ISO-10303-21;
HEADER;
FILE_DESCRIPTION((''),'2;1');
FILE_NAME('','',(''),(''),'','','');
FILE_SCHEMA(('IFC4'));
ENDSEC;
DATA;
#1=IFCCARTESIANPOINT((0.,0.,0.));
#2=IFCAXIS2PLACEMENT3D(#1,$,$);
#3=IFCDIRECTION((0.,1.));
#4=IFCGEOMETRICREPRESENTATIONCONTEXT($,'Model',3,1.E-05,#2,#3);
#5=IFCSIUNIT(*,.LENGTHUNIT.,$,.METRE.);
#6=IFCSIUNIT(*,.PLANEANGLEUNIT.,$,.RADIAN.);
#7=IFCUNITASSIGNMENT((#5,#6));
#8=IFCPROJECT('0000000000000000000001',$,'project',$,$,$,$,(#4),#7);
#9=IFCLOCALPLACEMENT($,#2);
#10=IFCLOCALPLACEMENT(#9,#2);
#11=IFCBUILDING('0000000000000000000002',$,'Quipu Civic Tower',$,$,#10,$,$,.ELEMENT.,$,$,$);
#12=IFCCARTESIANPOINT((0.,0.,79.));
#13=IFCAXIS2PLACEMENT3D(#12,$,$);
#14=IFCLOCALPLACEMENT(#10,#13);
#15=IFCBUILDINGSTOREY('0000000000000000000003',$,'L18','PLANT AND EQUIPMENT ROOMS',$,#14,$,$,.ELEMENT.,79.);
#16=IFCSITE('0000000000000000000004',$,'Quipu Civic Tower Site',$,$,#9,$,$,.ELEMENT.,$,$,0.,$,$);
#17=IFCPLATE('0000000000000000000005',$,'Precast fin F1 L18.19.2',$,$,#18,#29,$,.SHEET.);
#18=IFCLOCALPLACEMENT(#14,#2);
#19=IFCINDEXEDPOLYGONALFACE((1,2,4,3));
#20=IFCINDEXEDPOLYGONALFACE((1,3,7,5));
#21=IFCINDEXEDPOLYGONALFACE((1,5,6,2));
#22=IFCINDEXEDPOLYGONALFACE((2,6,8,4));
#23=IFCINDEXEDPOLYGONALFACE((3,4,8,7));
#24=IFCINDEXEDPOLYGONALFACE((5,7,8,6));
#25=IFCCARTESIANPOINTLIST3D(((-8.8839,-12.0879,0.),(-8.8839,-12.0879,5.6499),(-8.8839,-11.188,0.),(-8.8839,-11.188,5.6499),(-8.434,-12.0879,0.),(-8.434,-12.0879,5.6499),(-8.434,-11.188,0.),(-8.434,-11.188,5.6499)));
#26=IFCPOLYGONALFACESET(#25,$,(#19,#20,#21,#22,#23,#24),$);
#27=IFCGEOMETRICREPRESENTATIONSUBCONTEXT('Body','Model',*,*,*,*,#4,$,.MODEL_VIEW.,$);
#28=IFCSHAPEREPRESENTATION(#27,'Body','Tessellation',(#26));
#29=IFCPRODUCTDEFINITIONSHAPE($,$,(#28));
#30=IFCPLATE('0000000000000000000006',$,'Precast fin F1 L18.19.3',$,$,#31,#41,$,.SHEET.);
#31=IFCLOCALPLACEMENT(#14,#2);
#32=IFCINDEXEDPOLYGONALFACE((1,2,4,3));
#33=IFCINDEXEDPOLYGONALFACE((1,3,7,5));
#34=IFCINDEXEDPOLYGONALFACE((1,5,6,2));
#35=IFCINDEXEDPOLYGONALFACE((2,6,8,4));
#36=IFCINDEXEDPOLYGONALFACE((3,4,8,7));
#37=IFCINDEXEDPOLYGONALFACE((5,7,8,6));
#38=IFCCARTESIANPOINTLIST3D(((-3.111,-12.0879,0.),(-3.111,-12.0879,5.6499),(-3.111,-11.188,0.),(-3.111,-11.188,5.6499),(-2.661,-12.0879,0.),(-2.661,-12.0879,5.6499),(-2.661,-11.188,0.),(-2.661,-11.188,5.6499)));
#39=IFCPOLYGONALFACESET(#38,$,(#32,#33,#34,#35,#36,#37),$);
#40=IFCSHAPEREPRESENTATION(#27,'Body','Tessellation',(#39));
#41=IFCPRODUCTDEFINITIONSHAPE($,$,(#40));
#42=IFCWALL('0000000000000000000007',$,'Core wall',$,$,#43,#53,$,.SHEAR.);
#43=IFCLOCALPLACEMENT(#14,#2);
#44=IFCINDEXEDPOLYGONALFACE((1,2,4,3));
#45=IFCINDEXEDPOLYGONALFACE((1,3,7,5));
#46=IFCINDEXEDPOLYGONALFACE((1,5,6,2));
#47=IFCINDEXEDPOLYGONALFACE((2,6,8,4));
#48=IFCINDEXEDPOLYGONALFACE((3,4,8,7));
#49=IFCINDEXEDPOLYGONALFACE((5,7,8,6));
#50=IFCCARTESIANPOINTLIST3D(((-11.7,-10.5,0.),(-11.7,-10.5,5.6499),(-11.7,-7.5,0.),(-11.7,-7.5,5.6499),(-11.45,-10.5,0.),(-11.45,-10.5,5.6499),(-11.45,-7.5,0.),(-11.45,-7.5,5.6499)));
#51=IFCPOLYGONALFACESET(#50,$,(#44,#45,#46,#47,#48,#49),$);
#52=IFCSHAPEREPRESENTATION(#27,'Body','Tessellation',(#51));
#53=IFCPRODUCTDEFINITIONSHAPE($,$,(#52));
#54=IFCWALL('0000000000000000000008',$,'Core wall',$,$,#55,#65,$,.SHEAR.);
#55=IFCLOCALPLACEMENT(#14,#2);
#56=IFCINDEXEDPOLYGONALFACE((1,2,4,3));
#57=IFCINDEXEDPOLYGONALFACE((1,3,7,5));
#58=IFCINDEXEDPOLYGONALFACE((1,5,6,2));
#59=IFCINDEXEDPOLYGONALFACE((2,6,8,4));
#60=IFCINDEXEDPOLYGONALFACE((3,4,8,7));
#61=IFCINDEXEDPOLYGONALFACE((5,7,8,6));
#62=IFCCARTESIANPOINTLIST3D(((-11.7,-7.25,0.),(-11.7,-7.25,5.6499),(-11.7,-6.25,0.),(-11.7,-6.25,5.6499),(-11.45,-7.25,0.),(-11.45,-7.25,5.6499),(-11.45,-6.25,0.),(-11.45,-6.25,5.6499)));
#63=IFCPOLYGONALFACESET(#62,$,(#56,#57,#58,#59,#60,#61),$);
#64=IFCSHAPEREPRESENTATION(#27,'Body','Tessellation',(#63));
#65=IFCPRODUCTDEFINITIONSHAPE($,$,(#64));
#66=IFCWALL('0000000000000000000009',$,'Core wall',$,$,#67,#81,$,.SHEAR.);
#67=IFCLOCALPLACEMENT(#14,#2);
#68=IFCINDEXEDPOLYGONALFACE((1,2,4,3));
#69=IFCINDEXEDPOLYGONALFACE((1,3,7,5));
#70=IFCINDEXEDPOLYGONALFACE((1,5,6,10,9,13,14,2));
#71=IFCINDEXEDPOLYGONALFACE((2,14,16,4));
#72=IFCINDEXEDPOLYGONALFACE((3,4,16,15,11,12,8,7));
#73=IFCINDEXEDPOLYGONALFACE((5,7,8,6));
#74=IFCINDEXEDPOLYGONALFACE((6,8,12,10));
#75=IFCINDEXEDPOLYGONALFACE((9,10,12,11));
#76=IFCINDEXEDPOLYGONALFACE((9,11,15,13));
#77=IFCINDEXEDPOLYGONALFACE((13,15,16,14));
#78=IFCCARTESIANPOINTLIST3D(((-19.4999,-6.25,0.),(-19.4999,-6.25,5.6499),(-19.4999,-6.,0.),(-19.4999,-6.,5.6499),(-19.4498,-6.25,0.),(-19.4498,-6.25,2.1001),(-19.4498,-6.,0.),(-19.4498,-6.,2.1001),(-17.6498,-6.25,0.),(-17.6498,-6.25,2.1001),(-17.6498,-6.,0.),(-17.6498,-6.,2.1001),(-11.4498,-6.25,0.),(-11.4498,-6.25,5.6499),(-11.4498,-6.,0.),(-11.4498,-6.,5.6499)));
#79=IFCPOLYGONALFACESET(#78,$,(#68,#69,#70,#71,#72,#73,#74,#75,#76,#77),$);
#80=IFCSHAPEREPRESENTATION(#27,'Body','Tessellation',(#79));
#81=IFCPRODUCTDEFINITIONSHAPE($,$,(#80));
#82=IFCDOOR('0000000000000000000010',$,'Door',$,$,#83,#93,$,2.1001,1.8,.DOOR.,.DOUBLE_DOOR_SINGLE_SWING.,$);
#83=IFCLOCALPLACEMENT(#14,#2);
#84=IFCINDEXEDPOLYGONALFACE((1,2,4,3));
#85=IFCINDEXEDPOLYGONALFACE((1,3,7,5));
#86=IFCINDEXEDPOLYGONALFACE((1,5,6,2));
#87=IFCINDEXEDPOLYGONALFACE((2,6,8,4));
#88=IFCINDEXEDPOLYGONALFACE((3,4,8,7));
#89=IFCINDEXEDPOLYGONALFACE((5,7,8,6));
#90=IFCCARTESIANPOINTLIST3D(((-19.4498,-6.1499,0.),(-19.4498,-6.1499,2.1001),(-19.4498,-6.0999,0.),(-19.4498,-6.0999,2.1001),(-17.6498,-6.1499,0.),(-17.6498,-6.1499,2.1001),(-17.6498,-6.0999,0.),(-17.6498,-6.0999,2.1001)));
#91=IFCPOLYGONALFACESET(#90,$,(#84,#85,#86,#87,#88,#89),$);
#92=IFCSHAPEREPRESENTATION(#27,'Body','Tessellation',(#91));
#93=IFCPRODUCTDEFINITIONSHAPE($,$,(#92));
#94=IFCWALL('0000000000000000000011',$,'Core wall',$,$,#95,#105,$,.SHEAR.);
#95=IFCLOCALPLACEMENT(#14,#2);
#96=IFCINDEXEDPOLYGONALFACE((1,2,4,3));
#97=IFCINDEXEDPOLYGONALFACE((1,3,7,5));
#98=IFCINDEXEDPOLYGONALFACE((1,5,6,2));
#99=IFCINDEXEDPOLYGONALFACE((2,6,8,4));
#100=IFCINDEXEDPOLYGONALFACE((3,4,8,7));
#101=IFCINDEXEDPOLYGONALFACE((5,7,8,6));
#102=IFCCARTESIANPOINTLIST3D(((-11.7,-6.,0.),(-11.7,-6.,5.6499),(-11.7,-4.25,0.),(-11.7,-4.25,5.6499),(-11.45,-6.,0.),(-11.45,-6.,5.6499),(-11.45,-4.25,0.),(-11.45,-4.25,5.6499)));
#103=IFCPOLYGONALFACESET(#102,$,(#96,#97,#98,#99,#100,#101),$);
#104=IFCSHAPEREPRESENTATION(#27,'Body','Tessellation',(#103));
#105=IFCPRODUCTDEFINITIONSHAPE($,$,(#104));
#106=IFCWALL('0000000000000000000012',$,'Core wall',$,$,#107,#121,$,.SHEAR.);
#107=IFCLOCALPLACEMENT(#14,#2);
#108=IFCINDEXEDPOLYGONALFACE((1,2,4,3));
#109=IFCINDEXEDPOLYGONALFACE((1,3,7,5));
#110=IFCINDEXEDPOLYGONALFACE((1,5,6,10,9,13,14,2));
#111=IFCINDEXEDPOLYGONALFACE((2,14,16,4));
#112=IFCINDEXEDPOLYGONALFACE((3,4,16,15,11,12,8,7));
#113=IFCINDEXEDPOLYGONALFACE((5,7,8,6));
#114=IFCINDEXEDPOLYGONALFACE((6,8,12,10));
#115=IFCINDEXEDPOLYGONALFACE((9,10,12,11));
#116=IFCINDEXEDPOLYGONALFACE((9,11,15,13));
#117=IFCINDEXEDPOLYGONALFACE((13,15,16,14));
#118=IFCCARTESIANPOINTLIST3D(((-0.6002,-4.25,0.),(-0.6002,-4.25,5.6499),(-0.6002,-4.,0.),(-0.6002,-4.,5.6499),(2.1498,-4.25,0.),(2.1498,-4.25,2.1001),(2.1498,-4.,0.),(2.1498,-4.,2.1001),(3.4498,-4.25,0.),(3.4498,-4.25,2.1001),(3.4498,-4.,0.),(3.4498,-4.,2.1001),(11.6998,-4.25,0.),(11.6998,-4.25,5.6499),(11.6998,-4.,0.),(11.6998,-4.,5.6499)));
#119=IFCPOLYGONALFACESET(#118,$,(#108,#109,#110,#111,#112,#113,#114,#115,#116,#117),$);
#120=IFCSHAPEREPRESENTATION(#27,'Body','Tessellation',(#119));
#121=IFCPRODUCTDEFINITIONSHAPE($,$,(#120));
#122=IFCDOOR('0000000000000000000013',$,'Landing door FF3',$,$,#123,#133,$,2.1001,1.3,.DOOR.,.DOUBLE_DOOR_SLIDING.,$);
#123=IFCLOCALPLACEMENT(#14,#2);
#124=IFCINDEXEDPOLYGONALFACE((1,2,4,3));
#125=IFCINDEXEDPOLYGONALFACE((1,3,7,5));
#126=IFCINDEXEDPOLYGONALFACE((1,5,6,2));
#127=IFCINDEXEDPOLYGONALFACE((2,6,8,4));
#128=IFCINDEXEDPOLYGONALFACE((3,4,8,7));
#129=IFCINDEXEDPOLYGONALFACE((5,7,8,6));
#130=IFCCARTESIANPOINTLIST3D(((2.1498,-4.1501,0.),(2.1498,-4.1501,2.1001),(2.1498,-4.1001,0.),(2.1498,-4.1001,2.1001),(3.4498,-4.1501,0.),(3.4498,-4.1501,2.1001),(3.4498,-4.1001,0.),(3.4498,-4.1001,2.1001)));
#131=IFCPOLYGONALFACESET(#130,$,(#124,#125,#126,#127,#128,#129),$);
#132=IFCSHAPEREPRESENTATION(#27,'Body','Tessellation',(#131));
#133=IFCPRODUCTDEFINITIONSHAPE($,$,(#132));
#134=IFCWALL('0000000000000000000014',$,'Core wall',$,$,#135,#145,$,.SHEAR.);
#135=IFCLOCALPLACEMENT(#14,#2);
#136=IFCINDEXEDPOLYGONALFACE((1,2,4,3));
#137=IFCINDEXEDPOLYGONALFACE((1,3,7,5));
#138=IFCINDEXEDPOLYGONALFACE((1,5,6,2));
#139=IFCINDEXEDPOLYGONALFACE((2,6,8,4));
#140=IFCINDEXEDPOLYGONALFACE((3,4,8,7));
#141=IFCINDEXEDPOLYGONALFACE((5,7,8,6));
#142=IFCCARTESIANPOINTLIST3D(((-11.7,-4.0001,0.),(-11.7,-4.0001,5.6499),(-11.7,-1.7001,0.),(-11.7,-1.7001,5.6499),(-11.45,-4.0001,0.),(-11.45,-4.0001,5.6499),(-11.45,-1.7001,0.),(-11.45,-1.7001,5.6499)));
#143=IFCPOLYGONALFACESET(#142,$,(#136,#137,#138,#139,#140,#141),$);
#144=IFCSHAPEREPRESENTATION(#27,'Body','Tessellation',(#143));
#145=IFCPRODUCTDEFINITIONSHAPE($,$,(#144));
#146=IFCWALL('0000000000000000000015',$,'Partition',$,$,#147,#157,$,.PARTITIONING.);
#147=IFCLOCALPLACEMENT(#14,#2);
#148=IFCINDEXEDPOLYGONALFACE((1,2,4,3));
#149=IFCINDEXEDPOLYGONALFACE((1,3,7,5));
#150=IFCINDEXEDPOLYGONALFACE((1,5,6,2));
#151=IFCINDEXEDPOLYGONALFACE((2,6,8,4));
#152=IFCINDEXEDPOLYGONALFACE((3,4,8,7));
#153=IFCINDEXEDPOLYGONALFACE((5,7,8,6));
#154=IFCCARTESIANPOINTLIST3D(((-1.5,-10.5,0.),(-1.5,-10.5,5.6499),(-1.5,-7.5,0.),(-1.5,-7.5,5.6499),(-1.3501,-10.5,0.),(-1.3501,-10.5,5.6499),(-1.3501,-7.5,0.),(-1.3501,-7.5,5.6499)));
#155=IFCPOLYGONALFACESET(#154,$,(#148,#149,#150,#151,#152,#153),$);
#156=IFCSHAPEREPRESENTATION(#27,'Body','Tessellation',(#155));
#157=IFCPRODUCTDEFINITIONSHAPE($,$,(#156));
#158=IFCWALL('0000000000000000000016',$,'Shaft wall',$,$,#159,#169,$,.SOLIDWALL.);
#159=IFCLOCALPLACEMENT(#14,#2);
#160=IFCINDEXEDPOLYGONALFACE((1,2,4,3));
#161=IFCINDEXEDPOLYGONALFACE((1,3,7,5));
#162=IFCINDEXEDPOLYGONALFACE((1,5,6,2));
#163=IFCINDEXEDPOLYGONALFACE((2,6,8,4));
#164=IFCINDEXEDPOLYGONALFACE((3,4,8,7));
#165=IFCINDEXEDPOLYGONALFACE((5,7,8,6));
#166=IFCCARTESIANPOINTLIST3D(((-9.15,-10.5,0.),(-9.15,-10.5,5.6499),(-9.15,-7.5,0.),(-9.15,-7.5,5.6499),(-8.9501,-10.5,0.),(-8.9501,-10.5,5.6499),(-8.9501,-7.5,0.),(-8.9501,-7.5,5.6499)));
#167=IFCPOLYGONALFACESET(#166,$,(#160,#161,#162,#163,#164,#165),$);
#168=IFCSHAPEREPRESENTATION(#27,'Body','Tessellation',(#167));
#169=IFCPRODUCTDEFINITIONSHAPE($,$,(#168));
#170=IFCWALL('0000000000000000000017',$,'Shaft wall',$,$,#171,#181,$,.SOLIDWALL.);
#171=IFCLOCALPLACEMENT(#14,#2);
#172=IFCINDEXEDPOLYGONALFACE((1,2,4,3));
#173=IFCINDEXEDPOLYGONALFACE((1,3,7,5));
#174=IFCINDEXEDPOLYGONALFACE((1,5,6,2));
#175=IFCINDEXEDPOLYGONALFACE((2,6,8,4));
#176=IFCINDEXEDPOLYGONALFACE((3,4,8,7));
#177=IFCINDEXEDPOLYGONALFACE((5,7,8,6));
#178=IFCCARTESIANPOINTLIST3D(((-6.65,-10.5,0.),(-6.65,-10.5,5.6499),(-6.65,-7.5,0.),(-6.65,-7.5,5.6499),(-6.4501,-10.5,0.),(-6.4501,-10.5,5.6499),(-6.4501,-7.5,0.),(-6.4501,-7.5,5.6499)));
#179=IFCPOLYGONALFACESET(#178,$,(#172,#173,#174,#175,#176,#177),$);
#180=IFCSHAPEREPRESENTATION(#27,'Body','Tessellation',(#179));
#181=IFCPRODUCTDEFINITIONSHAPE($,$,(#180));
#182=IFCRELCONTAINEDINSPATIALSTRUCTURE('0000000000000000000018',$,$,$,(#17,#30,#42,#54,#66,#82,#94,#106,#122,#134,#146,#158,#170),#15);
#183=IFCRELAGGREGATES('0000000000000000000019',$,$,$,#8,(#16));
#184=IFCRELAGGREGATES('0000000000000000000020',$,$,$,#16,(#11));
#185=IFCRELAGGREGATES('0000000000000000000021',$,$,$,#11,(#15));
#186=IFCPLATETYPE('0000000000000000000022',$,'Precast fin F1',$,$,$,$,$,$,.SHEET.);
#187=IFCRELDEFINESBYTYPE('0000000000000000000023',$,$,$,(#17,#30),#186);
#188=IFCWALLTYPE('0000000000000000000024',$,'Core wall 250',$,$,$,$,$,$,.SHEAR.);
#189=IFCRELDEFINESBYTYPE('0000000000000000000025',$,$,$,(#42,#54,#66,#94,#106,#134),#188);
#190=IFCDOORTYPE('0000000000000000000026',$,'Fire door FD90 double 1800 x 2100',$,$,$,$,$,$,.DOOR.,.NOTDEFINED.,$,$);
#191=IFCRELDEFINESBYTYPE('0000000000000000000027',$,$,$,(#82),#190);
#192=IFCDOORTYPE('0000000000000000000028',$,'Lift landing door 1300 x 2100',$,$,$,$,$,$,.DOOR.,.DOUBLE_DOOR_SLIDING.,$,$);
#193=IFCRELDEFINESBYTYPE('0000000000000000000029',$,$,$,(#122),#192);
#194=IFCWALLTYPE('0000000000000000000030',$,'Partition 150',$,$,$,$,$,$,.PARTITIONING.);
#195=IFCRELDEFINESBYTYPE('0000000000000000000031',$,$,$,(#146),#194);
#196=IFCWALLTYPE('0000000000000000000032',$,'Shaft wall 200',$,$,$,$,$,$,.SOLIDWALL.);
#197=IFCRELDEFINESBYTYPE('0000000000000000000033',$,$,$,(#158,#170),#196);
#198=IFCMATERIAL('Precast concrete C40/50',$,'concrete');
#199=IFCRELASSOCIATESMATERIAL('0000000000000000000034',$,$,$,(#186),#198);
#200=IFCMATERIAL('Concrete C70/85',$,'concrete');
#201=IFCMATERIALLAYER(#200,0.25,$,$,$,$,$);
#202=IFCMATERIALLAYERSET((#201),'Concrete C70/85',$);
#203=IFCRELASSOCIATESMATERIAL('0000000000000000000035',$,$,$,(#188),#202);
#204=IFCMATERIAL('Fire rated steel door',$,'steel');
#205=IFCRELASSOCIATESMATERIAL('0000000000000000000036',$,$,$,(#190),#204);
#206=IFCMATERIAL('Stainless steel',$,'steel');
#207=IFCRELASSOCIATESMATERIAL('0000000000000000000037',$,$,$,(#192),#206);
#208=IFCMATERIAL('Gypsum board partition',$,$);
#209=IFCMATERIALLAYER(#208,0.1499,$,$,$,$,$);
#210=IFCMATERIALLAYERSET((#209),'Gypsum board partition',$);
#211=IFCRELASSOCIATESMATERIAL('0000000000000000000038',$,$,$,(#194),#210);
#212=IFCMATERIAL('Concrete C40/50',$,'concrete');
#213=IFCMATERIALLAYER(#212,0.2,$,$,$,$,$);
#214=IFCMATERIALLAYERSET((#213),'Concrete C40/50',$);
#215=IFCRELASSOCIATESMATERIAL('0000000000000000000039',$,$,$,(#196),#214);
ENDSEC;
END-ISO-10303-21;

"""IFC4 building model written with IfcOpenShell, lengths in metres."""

from ifc_helpers import new_model, si_unit, direction, frame, frame_2d, origin, origin_2d, place, context, subcontext, project, spatial, rectangle, extrude, material, layer, layer_set, type_object, element, fill, save


model = new_model("IFC4")

# Units and contexts
model_context = context("Model", 3, precision=1e-05, world=origin(), true_north=direction((0.0, 1.0)))
body_context = subcontext(model_context, "Body", "Model", "MODEL_VIEW")
ifc_project = project(units=[si_unit("LENGTHUNIT", "METRE"), si_unit("PLANEANGLEUNIT", "RADIAN")], contexts=[model_context])

# Site, building, storey
site_placement = place(None, origin())
site = spatial("IfcSite", under=ifc_project, at=site_placement, Name="Quipu Civic Tower Site", CompositionType="ELEMENT", RefElevation=0.0)
building_placement = place(site_placement, origin())
building = spatial("IfcBuilding", under=site, at=building_placement, Name="Quipu Civic Tower", CompositionType="ELEMENT")
storey_placement = place(building_placement, frame((0.0, 0.0, 79.0)))
storey = spatial("IfcBuildingStorey", under=building, at=storey_placement, Name="L18", Description="PLANT AND EQUIPMENT ROOMS", CompositionType="ELEMENT", Elevation=79.0)

# Plates
ifc_material_1 = material(Name="Precast concrete C40/50", Category="concrete")
plate_type = type_object("IfcPlateType", Name="Precast fin F1", PredefinedType="SHEET", material=ifc_material_1)
for number, where, z_axis, x_axis, name in (
    (1, (-8.6589, -11.6379, 0.0), (0.0, 0.0, 1.0), (1.0, 0.0, 0.0), "Precast fin F1 L18.19.2"),
    (2, (-2.886, -11.6379, 0.0), (0.0, 0.0, 1.0), (1.0, 0.0, 0.0), "Precast fin F1 L18.19.3"),
):
    element("IfcPlate", number, at=place(storey_placement, frame(where, z_axis=z_axis, x_axis=x_axis)), inside=storey, type_object=plate_type, Name=name, PredefinedType="SHEET", context=body_context, shape_type="SweptSolid", body=[
        extrude(rectangle(XDim=0.45, YDim=0.8999, at=origin_2d()), origin(), (0.0, 0.0, 1.0), 5.6499),
    ])

# Walls
ifc_material_2 = material(Name="Concrete C70/85", Category="concrete")
ifc_layer_1 = layer(ifc_material_2, 0.25)
ifc_layer_set_1 = layer_set([ifc_layer_1], Name="Concrete C70/85")
wall_type_1 = type_object("IfcWallType", Name="Core wall 250", PredefinedType="SHEAR", material=ifc_layer_set_1)
wall_1_placement = place(storey_placement, frame((-11.575, -10.5, 0.0), z_axis=(0.0, 0.0, 1.0), x_axis=(0.0, 1.0, 0.0)))
element("IfcWall", 3, at=wall_1_placement, inside=storey, type_object=wall_type_1, Name="Core wall", PredefinedType="SHEAR", context=body_context, shape_type="SweptSolid", body=[
    extrude(rectangle(XDim=3.0, YDim=0.25, at=frame_2d((1.5, 0.0))), origin(), (0.0, 0.0, 1.0), 5.6499),
])
wall_2_placement = place(storey_placement, frame((-11.575, -7.25, 0.0), z_axis=(0.0, 0.0, 1.0), x_axis=(0.0, 1.0, 0.0)))
element("IfcWall", 4, at=wall_2_placement, inside=storey, type_object=wall_type_1, Name="Core wall", PredefinedType="SHEAR", context=body_context, shape_type="SweptSolid", body=[
    extrude(rectangle(XDim=1.0, YDim=0.25, at=frame_2d((0.5, 0.0))), origin(), (0.0, 0.0, 1.0), 5.6499),
])

# Wall, opening, door
wall_3_placement = place(storey_placement, frame((-11.45, -6.125, 0.0), z_axis=(0.0, 0.0, 1.0), x_axis=(-1.0, 0.0, 0.0)))
wall_3 = element("IfcWall", 5, at=wall_3_placement, inside=storey, type_object=wall_type_1, Name="Core wall", PredefinedType="SHEAR", context=body_context, shape_type="SweptSolid", body=[
    extrude(rectangle(XDim=8.05, YDim=0.25, at=frame_2d((4.0249, 0.0))), origin(), (0.0, 0.0, 1.0), 5.6499),
])
opening_1_placement = place(wall_3_placement, frame((6.2, 0.0, 0.0)))
opening_1 = element("IfcOpeningElement", 6, at=opening_1_placement, cuts=wall_3, PredefinedType="OPENING", context=body_context, shape_type="SweptSolid", body=[
    extrude(rectangle(XDim=1.8, YDim=2.1001, at=frame_2d((0.8999, 1.05))), frame((0.0, 0.135, 0.0), z_axis=(0.0, -1.0, 0.0), x_axis=(1.0, 0.0, 0.0)), (0.0, 0.0, 1.0), 0.27),
])
ifc_material_3 = material(Name="Fire rated steel door", Category="steel")
door_type_1 = type_object("IfcDoorType", Name="Fire door FD90 double 1800 x 2100", OperationType="NOTDEFINED", PredefinedType="DOOR", material=ifc_material_3)
door_1_placement = place(opening_1_placement, origin())
door_1 = element("IfcDoor", 7, at=door_1_placement, inside=storey, type_object=door_type_1, Name="Door", OperationType="DOUBLE_DOOR_SINGLE_SWING", OverallHeight=2.1001, OverallWidth=1.8, PredefinedType="DOOR", context=body_context, shape_type="SweptSolid", body=[
    extrude(rectangle(XDim=1.8, YDim=2.1001, at=frame_2d((0.8999, 1.05))), frame((0.0, 0.0249, 0.0), z_axis=(0.0, -1.0, 0.0), x_axis=(1.0, 0.0, 0.0)), (0.0, 0.0, 1.0), 0.05),
])
fill(opening_1, door_1)

# Wall
wall_4_placement = place(storey_placement, frame((-11.575, -6.0, 0.0), z_axis=(0.0, 0.0, 1.0), x_axis=(0.0, 1.0, 0.0)))
element("IfcWall", 8, at=wall_4_placement, inside=storey, type_object=wall_type_1, Name="Core wall", PredefinedType="SHEAR", context=body_context, shape_type="SweptSolid", body=[
    extrude(rectangle(XDim=1.75, YDim=0.25, at=frame_2d((0.875, 0.0))), origin(), (0.0, 0.0, 1.0), 5.6499),
])

# Wall, opening, door
wall_5_placement = place(storey_placement, frame((-0.6001, -4.125, 0.0), z_axis=(0.0, 0.0, 1.0), x_axis=(1.0, 0.0, 0.0)))
wall_5 = element("IfcWall", 9, at=wall_5_placement, inside=storey, type_object=wall_type_1, Name="Core wall", PredefinedType="SHEAR", context=body_context, shape_type="SweptSolid", body=[
    extrude(rectangle(XDim=12.3, YDim=0.25, at=frame_2d((6.1499, 0.0))), origin(), (0.0, 0.0, 1.0), 5.6499),
])
opening_2_placement = place(wall_5_placement, frame((2.75, 0.0, 0.0)))
opening_2 = element("IfcOpeningElement", 10, at=opening_2_placement, cuts=wall_5, PredefinedType="OPENING", context=body_context, shape_type="SweptSolid", body=[
    extrude(rectangle(XDim=1.3, YDim=2.1001, at=frame_2d((0.6499, 1.05))), frame((0.0, 0.135, 0.0), z_axis=(0.0, -1.0, 0.0), x_axis=(1.0, 0.0, 0.0)), (0.0, 0.0, 1.0), 0.27),
])
ifc_material_4 = material(Name="Stainless steel", Category="steel")
door_type_2 = type_object("IfcDoorType", Name="Lift landing door 1300 x 2100", OperationType="DOUBLE_DOOR_SLIDING", PredefinedType="DOOR", material=ifc_material_4)
door_2_placement = place(opening_2_placement, origin())
door_2 = element("IfcDoor", 11, at=door_2_placement, inside=storey, type_object=door_type_2, Name="Landing door FF3", OperationType="DOUBLE_DOOR_SLIDING", OverallHeight=2.1001, OverallWidth=1.3, PredefinedType="DOOR", context=body_context, shape_type="SweptSolid", body=[
    extrude(rectangle(XDim=1.3, YDim=2.1001, at=frame_2d((0.6499, 1.05))), frame((0.0, 0.0249, 0.0), z_axis=(0.0, -1.0, 0.0), x_axis=(1.0, 0.0, 0.0)), (0.0, 0.0, 1.0), 0.05),
])
fill(opening_2, door_2)

# Walls
wall_6_placement = place(storey_placement, frame((-11.575, -4.0, 0.0), z_axis=(0.0, 0.0, 1.0), x_axis=(0.0, 1.0, 0.0)))
element("IfcWall", 12, at=wall_6_placement, inside=storey, type_object=wall_type_1, Name="Core wall", PredefinedType="SHEAR", context=body_context, shape_type="SweptSolid", body=[
    extrude(rectangle(XDim=2.3, YDim=0.25, at=frame_2d((1.1499, 0.0))), origin(), (0.0, 0.0, 1.0), 5.6499),
])
ifc_material_5 = material(Name="Gypsum board partition")
ifc_layer_2 = layer(ifc_material_5, 0.1499)
ifc_layer_set_2 = layer_set([ifc_layer_2], Name="Gypsum board partition")
wall_type_2 = type_object("IfcWallType", Name="Partition 150", PredefinedType="PARTITIONING", material=ifc_layer_set_2)
wall_7_placement = place(storey_placement, frame((-1.425, -10.5, 0.0), z_axis=(0.0, 0.0, 1.0), x_axis=(0.0, 1.0, 0.0)))
element("IfcWall", 13, at=wall_7_placement, inside=storey, type_object=wall_type_2, Name="Partition", PredefinedType="PARTITIONING", context=body_context, shape_type="SweptSolid", body=[
    extrude(rectangle(XDim=3.0, YDim=0.1499, at=frame_2d((1.5, 0.0))), origin(), (0.0, 0.0, 1.0), 5.6499),
])
ifc_material_6 = material(Name="Concrete C40/50", Category="concrete")
ifc_layer_3 = layer(ifc_material_6, 0.2)
ifc_layer_set_3 = layer_set([ifc_layer_3], Name="Concrete C40/50")
wall_type_3 = type_object("IfcWallType", Name="Shaft wall 200", PredefinedType="SOLIDWALL", material=ifc_layer_set_3)
for number, where, z_axis, x_axis, name in (
    (14, (-9.05, -10.5, 0.0), (0.0, 0.0, 1.0), (0.0, 1.0, 0.0), "Shaft wall"),
    (15, (-6.55, -10.5, 0.0), (0.0, 0.0, 1.0), (0.0, 1.0, 0.0), "Shaft wall"),
):
    element("IfcWall", number, at=place(storey_placement, frame(where, z_axis=z_axis, x_axis=x_axis)), inside=storey, type_object=wall_type_3, Name=name, PredefinedType="SOLIDWALL", context=body_context, shape_type="SweptSolid", body=[
        extrude(rectangle(XDim=3.0, YDim=0.2, at=frame_2d((1.5, 0.0))), origin(), (0.0, 0.0, 1.0), 5.6499),
    ])

save(model, "model.ifc")
